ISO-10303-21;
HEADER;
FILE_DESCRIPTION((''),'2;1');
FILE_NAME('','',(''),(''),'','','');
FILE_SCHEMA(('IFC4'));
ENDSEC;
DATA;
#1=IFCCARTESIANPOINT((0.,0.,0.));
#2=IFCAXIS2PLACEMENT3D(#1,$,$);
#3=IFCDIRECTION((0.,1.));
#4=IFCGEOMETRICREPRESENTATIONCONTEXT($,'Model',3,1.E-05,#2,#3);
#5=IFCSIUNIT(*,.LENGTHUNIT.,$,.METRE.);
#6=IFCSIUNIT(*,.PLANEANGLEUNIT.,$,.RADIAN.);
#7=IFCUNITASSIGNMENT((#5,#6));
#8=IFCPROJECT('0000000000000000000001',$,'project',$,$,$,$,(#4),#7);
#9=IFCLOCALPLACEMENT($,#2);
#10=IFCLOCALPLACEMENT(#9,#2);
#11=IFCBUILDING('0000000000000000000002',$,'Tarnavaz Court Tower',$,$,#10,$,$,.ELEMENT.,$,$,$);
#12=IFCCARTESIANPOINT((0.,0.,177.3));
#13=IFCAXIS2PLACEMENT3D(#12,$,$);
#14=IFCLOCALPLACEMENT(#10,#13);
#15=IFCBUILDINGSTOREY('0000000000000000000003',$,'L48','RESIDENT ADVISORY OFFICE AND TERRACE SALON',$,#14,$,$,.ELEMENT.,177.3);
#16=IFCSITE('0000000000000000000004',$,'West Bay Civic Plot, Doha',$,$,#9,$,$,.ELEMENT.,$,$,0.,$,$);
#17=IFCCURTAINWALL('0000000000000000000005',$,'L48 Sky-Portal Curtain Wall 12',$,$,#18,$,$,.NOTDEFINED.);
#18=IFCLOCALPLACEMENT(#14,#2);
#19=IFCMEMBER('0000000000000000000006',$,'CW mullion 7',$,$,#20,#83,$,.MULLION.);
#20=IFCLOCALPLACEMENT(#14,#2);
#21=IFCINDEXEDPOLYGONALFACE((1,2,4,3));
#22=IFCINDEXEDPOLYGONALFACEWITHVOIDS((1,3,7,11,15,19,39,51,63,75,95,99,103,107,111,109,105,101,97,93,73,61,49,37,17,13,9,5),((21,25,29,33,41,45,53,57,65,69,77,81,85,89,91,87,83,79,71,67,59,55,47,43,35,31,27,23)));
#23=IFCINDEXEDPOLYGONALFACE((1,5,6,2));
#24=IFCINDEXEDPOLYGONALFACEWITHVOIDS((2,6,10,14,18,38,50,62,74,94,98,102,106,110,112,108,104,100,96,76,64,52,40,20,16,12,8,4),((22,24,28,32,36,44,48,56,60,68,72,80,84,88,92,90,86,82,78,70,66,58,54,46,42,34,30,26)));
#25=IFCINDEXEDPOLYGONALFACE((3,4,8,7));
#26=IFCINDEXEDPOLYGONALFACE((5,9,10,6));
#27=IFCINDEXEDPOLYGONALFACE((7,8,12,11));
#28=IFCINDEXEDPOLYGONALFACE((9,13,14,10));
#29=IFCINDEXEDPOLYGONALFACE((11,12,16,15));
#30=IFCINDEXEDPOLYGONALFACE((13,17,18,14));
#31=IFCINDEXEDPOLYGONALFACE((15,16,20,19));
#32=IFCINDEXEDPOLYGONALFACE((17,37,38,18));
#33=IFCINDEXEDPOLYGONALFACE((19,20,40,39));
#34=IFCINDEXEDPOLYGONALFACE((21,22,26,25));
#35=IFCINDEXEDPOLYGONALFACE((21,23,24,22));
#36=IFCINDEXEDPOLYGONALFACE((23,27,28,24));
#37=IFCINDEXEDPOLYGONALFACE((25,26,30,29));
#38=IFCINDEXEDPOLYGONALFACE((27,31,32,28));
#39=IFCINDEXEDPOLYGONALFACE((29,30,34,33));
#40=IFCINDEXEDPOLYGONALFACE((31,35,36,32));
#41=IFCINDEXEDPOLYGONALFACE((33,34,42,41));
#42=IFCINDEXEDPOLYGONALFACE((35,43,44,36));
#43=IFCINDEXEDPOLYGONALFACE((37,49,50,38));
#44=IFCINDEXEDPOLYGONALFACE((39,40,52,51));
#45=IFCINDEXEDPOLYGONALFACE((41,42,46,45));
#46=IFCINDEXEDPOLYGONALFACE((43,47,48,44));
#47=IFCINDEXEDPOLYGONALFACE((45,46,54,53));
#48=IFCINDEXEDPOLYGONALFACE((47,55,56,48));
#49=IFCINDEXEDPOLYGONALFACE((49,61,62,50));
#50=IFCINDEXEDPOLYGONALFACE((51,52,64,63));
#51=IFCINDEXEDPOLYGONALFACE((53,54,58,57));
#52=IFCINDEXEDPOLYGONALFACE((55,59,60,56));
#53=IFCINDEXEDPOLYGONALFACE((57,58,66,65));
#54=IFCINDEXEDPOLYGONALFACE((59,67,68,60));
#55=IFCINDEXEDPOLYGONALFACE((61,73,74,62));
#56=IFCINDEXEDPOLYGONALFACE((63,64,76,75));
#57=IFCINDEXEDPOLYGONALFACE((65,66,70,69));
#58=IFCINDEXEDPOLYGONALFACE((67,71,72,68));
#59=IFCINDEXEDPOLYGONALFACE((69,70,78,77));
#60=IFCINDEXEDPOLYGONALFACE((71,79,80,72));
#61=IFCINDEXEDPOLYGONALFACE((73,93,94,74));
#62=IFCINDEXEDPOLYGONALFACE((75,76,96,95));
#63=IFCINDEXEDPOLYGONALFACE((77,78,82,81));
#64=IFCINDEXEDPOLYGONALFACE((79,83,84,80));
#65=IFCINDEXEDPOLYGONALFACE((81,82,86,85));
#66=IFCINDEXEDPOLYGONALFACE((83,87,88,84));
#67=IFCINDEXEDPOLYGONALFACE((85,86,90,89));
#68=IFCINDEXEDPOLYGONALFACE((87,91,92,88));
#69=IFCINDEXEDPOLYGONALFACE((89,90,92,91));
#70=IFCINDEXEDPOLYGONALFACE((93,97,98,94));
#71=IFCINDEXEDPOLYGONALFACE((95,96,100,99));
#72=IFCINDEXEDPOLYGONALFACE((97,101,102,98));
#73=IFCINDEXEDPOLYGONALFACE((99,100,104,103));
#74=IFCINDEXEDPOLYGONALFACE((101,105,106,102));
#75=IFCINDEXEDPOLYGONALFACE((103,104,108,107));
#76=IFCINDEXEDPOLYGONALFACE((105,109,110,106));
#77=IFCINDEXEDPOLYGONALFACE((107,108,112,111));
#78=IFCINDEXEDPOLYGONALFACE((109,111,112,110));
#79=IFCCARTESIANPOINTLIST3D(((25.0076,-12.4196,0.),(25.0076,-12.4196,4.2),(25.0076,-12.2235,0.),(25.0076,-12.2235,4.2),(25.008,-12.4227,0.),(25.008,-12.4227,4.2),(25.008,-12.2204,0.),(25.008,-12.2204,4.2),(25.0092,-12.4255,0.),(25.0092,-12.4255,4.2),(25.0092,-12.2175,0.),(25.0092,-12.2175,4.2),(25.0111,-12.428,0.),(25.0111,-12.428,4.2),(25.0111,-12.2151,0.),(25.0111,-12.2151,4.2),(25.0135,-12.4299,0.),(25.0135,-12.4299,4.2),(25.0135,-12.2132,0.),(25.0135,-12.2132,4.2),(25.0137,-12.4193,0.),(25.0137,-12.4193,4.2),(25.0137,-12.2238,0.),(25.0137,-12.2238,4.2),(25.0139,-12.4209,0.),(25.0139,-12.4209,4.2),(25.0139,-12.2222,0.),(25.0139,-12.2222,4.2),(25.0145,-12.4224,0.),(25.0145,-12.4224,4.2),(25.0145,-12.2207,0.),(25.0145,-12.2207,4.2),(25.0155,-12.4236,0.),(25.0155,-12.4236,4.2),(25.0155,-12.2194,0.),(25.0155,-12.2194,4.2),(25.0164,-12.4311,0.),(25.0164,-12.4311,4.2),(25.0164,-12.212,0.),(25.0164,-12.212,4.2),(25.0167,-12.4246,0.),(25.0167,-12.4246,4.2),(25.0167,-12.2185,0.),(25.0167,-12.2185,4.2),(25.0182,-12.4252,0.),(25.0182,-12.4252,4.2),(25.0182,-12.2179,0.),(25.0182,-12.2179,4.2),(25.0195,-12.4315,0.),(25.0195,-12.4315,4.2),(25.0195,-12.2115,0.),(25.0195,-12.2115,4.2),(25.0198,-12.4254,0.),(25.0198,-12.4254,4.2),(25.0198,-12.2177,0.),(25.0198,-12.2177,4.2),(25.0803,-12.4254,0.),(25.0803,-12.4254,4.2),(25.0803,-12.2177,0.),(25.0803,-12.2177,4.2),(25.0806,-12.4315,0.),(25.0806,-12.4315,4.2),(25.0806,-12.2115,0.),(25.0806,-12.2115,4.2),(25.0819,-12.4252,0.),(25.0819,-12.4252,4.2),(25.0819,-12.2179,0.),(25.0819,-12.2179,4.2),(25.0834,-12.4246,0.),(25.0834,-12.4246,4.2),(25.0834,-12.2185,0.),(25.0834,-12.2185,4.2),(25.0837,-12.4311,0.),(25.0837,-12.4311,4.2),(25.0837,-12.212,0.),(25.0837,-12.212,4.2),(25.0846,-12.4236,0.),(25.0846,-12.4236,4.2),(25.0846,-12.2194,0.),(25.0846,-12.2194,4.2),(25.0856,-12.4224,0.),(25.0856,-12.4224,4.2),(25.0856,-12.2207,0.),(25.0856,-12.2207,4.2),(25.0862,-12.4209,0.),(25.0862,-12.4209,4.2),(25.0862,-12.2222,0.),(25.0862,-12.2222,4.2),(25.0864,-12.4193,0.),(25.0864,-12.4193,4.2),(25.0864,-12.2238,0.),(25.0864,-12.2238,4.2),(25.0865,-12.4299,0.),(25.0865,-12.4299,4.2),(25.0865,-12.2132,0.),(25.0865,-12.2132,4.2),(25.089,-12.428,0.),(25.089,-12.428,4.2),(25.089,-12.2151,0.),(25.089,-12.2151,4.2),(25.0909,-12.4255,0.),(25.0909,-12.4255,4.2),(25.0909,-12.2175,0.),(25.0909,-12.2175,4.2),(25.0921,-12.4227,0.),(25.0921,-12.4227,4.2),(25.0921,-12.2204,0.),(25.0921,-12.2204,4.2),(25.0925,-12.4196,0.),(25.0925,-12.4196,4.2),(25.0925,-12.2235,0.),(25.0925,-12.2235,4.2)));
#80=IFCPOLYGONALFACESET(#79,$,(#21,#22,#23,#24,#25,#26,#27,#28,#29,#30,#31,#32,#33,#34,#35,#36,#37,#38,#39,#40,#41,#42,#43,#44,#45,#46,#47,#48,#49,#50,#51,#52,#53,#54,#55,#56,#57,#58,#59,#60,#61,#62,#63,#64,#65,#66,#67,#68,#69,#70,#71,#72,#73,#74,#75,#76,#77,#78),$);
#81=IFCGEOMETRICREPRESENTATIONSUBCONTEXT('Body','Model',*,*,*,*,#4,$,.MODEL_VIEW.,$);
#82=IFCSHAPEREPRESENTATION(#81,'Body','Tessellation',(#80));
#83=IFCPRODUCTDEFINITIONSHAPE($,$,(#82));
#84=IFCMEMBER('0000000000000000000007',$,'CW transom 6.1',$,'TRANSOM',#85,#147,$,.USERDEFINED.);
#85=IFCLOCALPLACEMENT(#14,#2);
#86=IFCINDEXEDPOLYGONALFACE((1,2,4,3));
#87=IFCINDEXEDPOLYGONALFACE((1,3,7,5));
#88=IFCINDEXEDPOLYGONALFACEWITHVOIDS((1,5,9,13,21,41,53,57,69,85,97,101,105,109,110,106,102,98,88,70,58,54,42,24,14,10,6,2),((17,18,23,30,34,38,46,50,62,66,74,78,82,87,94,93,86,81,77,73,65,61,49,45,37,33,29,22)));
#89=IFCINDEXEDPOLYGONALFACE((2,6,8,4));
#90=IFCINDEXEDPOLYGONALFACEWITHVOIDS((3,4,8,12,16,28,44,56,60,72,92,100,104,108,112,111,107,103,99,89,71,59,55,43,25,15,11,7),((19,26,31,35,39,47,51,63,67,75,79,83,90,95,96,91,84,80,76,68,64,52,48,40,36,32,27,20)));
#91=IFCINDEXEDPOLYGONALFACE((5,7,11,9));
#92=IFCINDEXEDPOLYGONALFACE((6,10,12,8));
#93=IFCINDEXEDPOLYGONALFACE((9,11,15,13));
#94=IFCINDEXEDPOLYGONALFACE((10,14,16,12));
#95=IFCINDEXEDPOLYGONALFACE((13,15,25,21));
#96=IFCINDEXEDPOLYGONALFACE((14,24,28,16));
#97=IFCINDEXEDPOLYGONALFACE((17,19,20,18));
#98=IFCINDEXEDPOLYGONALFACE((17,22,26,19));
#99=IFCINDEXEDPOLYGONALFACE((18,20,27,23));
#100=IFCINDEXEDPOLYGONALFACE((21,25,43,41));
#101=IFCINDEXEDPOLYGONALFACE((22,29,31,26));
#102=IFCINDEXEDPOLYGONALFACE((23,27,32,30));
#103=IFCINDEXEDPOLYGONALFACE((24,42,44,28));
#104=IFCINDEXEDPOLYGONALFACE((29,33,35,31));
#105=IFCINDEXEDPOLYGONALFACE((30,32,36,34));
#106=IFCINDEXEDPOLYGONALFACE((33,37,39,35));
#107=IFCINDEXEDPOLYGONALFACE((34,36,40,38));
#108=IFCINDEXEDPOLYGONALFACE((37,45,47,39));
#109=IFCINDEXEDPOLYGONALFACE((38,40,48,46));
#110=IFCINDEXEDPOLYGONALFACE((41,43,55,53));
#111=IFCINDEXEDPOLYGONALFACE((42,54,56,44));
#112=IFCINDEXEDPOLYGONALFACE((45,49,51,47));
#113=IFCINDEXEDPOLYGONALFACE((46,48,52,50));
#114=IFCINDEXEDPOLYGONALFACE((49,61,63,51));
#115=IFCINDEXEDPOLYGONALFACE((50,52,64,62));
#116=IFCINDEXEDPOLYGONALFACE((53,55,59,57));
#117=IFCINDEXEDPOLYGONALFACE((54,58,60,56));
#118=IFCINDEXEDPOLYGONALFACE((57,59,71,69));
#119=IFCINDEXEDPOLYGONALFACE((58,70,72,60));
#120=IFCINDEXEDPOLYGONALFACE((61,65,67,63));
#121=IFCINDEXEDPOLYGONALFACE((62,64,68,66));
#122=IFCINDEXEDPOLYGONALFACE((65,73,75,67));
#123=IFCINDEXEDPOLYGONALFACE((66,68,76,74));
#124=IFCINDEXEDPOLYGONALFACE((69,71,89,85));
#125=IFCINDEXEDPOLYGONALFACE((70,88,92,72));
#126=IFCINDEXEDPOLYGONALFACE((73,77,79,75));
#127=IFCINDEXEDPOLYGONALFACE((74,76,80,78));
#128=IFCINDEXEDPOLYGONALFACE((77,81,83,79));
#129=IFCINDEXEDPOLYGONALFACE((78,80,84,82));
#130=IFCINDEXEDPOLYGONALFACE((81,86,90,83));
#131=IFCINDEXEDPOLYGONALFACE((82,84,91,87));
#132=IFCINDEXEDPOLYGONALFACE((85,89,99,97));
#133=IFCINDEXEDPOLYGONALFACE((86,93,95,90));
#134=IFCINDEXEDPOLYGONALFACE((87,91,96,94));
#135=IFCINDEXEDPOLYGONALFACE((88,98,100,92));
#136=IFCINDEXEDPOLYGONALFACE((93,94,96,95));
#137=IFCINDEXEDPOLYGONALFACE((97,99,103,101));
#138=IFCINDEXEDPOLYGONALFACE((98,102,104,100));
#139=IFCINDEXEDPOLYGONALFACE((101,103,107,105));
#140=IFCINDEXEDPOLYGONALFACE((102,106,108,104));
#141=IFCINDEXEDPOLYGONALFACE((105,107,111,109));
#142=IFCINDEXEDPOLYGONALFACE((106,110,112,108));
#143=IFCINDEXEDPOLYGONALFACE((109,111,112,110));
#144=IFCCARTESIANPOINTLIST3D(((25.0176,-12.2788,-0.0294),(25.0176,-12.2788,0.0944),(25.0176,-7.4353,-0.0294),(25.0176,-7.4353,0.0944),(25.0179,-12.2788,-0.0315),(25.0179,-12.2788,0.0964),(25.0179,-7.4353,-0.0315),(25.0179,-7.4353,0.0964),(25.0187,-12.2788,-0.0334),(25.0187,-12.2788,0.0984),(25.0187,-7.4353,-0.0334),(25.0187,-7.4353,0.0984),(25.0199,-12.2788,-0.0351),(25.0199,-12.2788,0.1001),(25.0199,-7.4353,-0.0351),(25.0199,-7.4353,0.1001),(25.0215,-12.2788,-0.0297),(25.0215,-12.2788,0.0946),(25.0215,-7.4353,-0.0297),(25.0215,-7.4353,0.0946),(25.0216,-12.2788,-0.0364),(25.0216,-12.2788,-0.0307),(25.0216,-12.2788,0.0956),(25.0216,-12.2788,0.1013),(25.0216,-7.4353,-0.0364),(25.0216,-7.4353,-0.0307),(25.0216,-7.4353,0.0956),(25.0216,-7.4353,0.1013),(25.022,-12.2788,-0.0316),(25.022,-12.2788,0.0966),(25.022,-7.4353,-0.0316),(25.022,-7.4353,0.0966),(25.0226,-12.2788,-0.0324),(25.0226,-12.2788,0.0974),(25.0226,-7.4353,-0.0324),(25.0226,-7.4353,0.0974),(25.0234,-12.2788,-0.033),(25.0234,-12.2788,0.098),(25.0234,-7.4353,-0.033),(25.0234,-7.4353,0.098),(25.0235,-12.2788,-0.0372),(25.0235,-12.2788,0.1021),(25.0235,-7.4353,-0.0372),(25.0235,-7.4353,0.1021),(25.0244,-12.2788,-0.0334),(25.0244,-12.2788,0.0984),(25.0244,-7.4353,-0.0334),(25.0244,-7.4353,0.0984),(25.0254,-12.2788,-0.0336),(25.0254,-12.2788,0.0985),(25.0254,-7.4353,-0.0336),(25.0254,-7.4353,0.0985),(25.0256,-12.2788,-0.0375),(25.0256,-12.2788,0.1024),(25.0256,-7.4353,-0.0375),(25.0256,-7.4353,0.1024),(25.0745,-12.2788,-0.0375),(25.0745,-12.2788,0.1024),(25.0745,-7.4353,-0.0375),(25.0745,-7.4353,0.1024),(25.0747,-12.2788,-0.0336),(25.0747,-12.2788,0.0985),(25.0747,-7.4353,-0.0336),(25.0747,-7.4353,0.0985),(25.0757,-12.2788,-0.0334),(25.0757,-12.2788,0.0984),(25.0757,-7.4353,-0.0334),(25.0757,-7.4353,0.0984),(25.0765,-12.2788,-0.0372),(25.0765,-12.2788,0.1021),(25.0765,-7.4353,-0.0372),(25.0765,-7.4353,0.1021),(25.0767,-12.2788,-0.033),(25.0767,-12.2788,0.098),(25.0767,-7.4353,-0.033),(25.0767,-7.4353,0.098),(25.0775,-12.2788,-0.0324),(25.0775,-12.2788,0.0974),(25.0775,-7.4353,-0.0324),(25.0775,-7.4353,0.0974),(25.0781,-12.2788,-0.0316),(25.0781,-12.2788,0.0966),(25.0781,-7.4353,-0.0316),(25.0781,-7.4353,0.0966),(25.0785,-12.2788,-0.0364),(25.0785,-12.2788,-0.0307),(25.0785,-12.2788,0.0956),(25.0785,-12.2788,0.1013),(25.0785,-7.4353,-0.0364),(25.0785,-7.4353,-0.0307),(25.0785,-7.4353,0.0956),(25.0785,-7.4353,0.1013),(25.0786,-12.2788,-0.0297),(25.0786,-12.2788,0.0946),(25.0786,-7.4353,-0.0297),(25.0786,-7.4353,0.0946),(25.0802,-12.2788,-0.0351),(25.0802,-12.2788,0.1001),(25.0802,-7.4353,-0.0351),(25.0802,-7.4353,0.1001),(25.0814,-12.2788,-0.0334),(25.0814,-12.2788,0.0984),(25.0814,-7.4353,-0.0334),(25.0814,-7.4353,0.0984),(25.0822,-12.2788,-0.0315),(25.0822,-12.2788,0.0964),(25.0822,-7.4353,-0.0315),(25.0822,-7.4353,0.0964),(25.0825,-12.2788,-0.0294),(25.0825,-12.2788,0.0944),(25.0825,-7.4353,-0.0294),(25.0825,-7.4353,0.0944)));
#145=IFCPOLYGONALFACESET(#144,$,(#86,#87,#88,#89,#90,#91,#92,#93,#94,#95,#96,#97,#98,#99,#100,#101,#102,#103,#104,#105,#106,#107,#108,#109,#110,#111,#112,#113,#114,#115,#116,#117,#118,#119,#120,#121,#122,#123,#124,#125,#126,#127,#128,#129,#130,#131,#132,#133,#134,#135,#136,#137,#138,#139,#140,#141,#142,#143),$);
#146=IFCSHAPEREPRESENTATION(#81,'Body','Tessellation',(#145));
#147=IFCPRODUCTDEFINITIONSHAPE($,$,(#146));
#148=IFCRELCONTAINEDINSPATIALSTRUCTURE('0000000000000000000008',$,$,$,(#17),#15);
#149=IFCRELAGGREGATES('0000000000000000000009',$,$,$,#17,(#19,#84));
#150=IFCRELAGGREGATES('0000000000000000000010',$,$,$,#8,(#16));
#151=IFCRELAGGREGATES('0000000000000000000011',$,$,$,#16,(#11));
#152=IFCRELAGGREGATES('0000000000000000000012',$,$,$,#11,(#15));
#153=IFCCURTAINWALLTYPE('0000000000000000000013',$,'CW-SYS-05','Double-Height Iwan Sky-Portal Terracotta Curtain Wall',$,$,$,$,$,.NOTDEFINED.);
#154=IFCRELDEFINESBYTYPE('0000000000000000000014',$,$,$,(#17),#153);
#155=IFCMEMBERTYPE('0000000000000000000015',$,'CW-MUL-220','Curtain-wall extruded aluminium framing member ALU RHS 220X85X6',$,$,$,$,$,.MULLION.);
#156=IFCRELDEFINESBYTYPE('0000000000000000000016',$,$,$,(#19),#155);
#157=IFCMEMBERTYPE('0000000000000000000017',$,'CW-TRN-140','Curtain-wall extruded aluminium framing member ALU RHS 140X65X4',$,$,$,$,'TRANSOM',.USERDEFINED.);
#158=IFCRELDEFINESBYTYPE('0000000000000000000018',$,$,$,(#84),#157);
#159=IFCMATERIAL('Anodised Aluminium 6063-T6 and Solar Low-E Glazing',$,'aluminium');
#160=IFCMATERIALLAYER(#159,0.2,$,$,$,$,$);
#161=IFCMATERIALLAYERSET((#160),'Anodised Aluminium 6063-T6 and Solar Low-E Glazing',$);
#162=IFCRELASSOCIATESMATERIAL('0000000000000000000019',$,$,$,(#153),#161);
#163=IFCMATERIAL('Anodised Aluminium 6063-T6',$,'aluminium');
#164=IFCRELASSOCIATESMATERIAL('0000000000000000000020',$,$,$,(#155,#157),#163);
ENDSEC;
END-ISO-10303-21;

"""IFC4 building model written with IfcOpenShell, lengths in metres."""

from ifc_helpers import new_model, si_unit, direction, frame, origin, origin_2d, place, context, subcontext, project, spatial, hollow_rectangle, extrude, material, layer, layer_set, material_profile, profile_set, type_object, element, aggregate, save


model = new_model("IFC4")

# Units and contexts
model_context = context("Model", 3, precision=1e-05, world=origin(), true_north=direction((0.0, 1.0)))
body_context = subcontext(model_context, "Body", "Model", "MODEL_VIEW")
ifc_project = project(units=[si_unit("LENGTHUNIT", "METRE"), si_unit("PLANEANGLEUNIT", "RADIAN")], contexts=[model_context])

# Site, building, storey
site_placement = place(None, origin())
site = spatial("IfcSite", under=ifc_project, at=site_placement, Name="West Bay Civic Plot, Doha", CompositionType="ELEMENT", RefElevation=0.0)
building_placement = place(site_placement, origin())
building = spatial("IfcBuilding", under=site, at=building_placement, Name="Tarnavaz Court Tower", CompositionType="ELEMENT")
storey_placement = place(building_placement, frame((0.0, 0.0, 177.3)))
storey = spatial("IfcBuildingStorey", under=building, at=storey_placement, Name="L48", Description="RESIDENT ADVISORY OFFICE AND TERRACE SALON", CompositionType="ELEMENT", Elevation=177.3)

# Curtain wall, members
ifc_material_1 = material(Name="Anodised Aluminium 6063-T6 and Solar Low-E Glazing", Category="aluminium")
ifc_layer_1 = layer(ifc_material_1, 0.2)
ifc_layer_set_1 = layer_set([ifc_layer_1], Name="Anodised Aluminium 6063-T6 and Solar Low-E Glazing")
curtain_wall_type = type_object("IfcCurtainWallType", Name="CW-SYS-05", Description="Double-Height Iwan Sky-Portal Terracotta Curtain Wall", PredefinedType="NOTDEFINED", material=ifc_layer_set_1)
curtain_wall_placement = place(storey_placement, origin())
curtain_wall = element("IfcCurtainWall", 1, at=curtain_wall_placement, inside=storey, type_object=curtain_wall_type, Name="L48 Sky-Portal Curtain Wall 12", PredefinedType="NOTDEFINED")
ifc_material_2 = material(Name="Anodised Aluminium 6063-T6", Category="aluminium")
ifc_material_profile_1 = material_profile(ifc_material_2, hollow_rectangle(XDim=0.085, YDim=0.22, WallThickness=0.0061, InnerFilletRadius=0.0061, OuterFilletRadius=0.012, at=origin_2d()), Name="ALU RHS 220X85X6")
ifc_profile_set_1 = profile_set([ifc_material_profile_1], Name="Anodised Aluminium 6063-T6")
member_type_1 = type_object("IfcMemberType", Name="CW-MUL-220", Description="Curtain-wall extruded aluminium framing member ALU RHS 220X85X6", PredefinedType="MULLION", material=ifc_profile_set_1)
member_1_placement = place(storey_placement, frame((25.05, -12.3215, 0.0), z_axis=(0.0, 0.0, 1.0), x_axis=(1.0, 0.0, 0.0)))
member_1 = element("IfcMember", 2, at=member_1_placement, type_object=member_type_1, Name="CW mullion 7", PredefinedType="MULLION", context=body_context, shape_type="SweptSolid", body=[
    extrude(hollow_rectangle(XDim=0.085, YDim=0.22, WallThickness=0.0061, InnerFilletRadius=0.0061, OuterFilletRadius=0.012, at=origin_2d()), origin(), (0.0, 0.0, 1.0), 4.2),
])
ifc_material_profile_2 = material_profile(ifc_material_2, hollow_rectangle(XDim=0.0649, YDim=0.1399, WallThickness=0.0039, InnerFilletRadius=0.0039, OuterFilletRadius=0.0081, at=origin_2d()), Name="ALU RHS 140X65X4")
ifc_profile_set_2 = profile_set([ifc_material_profile_2], Name="Anodised Aluminium 6063-T6")
member_type_2 = type_object("IfcMemberType", Name="CW-TRN-140", Description="Curtain-wall extruded aluminium framing member ALU RHS 140X65X4", ElementType="TRANSOM", PredefinedType="USERDEFINED", material=ifc_profile_set_2)
member_2_placement = place(storey_placement, frame((25.05, -7.4353, 0.0325), z_axis=(0.0, -1.0, 0.0), x_axis=(1.0, 0.0, 0.0)))
member_2 = element("IfcMember", 3, at=member_2_placement, type_object=member_type_2, Name="CW transom 6.1", ObjectType="TRANSOM", PredefinedType="USERDEFINED", context=body_context, shape_type="SweptSolid", body=[
    extrude(hollow_rectangle(XDim=0.0649, YDim=0.1399, WallThickness=0.0039, InnerFilletRadius=0.0039, OuterFilletRadius=0.0081, at=origin_2d()), origin(), (0.0, 0.0, 1.0), 4.8435),
])
aggregate(curtain_wall, [member_1, member_2])

save(model, "model.ifc")
